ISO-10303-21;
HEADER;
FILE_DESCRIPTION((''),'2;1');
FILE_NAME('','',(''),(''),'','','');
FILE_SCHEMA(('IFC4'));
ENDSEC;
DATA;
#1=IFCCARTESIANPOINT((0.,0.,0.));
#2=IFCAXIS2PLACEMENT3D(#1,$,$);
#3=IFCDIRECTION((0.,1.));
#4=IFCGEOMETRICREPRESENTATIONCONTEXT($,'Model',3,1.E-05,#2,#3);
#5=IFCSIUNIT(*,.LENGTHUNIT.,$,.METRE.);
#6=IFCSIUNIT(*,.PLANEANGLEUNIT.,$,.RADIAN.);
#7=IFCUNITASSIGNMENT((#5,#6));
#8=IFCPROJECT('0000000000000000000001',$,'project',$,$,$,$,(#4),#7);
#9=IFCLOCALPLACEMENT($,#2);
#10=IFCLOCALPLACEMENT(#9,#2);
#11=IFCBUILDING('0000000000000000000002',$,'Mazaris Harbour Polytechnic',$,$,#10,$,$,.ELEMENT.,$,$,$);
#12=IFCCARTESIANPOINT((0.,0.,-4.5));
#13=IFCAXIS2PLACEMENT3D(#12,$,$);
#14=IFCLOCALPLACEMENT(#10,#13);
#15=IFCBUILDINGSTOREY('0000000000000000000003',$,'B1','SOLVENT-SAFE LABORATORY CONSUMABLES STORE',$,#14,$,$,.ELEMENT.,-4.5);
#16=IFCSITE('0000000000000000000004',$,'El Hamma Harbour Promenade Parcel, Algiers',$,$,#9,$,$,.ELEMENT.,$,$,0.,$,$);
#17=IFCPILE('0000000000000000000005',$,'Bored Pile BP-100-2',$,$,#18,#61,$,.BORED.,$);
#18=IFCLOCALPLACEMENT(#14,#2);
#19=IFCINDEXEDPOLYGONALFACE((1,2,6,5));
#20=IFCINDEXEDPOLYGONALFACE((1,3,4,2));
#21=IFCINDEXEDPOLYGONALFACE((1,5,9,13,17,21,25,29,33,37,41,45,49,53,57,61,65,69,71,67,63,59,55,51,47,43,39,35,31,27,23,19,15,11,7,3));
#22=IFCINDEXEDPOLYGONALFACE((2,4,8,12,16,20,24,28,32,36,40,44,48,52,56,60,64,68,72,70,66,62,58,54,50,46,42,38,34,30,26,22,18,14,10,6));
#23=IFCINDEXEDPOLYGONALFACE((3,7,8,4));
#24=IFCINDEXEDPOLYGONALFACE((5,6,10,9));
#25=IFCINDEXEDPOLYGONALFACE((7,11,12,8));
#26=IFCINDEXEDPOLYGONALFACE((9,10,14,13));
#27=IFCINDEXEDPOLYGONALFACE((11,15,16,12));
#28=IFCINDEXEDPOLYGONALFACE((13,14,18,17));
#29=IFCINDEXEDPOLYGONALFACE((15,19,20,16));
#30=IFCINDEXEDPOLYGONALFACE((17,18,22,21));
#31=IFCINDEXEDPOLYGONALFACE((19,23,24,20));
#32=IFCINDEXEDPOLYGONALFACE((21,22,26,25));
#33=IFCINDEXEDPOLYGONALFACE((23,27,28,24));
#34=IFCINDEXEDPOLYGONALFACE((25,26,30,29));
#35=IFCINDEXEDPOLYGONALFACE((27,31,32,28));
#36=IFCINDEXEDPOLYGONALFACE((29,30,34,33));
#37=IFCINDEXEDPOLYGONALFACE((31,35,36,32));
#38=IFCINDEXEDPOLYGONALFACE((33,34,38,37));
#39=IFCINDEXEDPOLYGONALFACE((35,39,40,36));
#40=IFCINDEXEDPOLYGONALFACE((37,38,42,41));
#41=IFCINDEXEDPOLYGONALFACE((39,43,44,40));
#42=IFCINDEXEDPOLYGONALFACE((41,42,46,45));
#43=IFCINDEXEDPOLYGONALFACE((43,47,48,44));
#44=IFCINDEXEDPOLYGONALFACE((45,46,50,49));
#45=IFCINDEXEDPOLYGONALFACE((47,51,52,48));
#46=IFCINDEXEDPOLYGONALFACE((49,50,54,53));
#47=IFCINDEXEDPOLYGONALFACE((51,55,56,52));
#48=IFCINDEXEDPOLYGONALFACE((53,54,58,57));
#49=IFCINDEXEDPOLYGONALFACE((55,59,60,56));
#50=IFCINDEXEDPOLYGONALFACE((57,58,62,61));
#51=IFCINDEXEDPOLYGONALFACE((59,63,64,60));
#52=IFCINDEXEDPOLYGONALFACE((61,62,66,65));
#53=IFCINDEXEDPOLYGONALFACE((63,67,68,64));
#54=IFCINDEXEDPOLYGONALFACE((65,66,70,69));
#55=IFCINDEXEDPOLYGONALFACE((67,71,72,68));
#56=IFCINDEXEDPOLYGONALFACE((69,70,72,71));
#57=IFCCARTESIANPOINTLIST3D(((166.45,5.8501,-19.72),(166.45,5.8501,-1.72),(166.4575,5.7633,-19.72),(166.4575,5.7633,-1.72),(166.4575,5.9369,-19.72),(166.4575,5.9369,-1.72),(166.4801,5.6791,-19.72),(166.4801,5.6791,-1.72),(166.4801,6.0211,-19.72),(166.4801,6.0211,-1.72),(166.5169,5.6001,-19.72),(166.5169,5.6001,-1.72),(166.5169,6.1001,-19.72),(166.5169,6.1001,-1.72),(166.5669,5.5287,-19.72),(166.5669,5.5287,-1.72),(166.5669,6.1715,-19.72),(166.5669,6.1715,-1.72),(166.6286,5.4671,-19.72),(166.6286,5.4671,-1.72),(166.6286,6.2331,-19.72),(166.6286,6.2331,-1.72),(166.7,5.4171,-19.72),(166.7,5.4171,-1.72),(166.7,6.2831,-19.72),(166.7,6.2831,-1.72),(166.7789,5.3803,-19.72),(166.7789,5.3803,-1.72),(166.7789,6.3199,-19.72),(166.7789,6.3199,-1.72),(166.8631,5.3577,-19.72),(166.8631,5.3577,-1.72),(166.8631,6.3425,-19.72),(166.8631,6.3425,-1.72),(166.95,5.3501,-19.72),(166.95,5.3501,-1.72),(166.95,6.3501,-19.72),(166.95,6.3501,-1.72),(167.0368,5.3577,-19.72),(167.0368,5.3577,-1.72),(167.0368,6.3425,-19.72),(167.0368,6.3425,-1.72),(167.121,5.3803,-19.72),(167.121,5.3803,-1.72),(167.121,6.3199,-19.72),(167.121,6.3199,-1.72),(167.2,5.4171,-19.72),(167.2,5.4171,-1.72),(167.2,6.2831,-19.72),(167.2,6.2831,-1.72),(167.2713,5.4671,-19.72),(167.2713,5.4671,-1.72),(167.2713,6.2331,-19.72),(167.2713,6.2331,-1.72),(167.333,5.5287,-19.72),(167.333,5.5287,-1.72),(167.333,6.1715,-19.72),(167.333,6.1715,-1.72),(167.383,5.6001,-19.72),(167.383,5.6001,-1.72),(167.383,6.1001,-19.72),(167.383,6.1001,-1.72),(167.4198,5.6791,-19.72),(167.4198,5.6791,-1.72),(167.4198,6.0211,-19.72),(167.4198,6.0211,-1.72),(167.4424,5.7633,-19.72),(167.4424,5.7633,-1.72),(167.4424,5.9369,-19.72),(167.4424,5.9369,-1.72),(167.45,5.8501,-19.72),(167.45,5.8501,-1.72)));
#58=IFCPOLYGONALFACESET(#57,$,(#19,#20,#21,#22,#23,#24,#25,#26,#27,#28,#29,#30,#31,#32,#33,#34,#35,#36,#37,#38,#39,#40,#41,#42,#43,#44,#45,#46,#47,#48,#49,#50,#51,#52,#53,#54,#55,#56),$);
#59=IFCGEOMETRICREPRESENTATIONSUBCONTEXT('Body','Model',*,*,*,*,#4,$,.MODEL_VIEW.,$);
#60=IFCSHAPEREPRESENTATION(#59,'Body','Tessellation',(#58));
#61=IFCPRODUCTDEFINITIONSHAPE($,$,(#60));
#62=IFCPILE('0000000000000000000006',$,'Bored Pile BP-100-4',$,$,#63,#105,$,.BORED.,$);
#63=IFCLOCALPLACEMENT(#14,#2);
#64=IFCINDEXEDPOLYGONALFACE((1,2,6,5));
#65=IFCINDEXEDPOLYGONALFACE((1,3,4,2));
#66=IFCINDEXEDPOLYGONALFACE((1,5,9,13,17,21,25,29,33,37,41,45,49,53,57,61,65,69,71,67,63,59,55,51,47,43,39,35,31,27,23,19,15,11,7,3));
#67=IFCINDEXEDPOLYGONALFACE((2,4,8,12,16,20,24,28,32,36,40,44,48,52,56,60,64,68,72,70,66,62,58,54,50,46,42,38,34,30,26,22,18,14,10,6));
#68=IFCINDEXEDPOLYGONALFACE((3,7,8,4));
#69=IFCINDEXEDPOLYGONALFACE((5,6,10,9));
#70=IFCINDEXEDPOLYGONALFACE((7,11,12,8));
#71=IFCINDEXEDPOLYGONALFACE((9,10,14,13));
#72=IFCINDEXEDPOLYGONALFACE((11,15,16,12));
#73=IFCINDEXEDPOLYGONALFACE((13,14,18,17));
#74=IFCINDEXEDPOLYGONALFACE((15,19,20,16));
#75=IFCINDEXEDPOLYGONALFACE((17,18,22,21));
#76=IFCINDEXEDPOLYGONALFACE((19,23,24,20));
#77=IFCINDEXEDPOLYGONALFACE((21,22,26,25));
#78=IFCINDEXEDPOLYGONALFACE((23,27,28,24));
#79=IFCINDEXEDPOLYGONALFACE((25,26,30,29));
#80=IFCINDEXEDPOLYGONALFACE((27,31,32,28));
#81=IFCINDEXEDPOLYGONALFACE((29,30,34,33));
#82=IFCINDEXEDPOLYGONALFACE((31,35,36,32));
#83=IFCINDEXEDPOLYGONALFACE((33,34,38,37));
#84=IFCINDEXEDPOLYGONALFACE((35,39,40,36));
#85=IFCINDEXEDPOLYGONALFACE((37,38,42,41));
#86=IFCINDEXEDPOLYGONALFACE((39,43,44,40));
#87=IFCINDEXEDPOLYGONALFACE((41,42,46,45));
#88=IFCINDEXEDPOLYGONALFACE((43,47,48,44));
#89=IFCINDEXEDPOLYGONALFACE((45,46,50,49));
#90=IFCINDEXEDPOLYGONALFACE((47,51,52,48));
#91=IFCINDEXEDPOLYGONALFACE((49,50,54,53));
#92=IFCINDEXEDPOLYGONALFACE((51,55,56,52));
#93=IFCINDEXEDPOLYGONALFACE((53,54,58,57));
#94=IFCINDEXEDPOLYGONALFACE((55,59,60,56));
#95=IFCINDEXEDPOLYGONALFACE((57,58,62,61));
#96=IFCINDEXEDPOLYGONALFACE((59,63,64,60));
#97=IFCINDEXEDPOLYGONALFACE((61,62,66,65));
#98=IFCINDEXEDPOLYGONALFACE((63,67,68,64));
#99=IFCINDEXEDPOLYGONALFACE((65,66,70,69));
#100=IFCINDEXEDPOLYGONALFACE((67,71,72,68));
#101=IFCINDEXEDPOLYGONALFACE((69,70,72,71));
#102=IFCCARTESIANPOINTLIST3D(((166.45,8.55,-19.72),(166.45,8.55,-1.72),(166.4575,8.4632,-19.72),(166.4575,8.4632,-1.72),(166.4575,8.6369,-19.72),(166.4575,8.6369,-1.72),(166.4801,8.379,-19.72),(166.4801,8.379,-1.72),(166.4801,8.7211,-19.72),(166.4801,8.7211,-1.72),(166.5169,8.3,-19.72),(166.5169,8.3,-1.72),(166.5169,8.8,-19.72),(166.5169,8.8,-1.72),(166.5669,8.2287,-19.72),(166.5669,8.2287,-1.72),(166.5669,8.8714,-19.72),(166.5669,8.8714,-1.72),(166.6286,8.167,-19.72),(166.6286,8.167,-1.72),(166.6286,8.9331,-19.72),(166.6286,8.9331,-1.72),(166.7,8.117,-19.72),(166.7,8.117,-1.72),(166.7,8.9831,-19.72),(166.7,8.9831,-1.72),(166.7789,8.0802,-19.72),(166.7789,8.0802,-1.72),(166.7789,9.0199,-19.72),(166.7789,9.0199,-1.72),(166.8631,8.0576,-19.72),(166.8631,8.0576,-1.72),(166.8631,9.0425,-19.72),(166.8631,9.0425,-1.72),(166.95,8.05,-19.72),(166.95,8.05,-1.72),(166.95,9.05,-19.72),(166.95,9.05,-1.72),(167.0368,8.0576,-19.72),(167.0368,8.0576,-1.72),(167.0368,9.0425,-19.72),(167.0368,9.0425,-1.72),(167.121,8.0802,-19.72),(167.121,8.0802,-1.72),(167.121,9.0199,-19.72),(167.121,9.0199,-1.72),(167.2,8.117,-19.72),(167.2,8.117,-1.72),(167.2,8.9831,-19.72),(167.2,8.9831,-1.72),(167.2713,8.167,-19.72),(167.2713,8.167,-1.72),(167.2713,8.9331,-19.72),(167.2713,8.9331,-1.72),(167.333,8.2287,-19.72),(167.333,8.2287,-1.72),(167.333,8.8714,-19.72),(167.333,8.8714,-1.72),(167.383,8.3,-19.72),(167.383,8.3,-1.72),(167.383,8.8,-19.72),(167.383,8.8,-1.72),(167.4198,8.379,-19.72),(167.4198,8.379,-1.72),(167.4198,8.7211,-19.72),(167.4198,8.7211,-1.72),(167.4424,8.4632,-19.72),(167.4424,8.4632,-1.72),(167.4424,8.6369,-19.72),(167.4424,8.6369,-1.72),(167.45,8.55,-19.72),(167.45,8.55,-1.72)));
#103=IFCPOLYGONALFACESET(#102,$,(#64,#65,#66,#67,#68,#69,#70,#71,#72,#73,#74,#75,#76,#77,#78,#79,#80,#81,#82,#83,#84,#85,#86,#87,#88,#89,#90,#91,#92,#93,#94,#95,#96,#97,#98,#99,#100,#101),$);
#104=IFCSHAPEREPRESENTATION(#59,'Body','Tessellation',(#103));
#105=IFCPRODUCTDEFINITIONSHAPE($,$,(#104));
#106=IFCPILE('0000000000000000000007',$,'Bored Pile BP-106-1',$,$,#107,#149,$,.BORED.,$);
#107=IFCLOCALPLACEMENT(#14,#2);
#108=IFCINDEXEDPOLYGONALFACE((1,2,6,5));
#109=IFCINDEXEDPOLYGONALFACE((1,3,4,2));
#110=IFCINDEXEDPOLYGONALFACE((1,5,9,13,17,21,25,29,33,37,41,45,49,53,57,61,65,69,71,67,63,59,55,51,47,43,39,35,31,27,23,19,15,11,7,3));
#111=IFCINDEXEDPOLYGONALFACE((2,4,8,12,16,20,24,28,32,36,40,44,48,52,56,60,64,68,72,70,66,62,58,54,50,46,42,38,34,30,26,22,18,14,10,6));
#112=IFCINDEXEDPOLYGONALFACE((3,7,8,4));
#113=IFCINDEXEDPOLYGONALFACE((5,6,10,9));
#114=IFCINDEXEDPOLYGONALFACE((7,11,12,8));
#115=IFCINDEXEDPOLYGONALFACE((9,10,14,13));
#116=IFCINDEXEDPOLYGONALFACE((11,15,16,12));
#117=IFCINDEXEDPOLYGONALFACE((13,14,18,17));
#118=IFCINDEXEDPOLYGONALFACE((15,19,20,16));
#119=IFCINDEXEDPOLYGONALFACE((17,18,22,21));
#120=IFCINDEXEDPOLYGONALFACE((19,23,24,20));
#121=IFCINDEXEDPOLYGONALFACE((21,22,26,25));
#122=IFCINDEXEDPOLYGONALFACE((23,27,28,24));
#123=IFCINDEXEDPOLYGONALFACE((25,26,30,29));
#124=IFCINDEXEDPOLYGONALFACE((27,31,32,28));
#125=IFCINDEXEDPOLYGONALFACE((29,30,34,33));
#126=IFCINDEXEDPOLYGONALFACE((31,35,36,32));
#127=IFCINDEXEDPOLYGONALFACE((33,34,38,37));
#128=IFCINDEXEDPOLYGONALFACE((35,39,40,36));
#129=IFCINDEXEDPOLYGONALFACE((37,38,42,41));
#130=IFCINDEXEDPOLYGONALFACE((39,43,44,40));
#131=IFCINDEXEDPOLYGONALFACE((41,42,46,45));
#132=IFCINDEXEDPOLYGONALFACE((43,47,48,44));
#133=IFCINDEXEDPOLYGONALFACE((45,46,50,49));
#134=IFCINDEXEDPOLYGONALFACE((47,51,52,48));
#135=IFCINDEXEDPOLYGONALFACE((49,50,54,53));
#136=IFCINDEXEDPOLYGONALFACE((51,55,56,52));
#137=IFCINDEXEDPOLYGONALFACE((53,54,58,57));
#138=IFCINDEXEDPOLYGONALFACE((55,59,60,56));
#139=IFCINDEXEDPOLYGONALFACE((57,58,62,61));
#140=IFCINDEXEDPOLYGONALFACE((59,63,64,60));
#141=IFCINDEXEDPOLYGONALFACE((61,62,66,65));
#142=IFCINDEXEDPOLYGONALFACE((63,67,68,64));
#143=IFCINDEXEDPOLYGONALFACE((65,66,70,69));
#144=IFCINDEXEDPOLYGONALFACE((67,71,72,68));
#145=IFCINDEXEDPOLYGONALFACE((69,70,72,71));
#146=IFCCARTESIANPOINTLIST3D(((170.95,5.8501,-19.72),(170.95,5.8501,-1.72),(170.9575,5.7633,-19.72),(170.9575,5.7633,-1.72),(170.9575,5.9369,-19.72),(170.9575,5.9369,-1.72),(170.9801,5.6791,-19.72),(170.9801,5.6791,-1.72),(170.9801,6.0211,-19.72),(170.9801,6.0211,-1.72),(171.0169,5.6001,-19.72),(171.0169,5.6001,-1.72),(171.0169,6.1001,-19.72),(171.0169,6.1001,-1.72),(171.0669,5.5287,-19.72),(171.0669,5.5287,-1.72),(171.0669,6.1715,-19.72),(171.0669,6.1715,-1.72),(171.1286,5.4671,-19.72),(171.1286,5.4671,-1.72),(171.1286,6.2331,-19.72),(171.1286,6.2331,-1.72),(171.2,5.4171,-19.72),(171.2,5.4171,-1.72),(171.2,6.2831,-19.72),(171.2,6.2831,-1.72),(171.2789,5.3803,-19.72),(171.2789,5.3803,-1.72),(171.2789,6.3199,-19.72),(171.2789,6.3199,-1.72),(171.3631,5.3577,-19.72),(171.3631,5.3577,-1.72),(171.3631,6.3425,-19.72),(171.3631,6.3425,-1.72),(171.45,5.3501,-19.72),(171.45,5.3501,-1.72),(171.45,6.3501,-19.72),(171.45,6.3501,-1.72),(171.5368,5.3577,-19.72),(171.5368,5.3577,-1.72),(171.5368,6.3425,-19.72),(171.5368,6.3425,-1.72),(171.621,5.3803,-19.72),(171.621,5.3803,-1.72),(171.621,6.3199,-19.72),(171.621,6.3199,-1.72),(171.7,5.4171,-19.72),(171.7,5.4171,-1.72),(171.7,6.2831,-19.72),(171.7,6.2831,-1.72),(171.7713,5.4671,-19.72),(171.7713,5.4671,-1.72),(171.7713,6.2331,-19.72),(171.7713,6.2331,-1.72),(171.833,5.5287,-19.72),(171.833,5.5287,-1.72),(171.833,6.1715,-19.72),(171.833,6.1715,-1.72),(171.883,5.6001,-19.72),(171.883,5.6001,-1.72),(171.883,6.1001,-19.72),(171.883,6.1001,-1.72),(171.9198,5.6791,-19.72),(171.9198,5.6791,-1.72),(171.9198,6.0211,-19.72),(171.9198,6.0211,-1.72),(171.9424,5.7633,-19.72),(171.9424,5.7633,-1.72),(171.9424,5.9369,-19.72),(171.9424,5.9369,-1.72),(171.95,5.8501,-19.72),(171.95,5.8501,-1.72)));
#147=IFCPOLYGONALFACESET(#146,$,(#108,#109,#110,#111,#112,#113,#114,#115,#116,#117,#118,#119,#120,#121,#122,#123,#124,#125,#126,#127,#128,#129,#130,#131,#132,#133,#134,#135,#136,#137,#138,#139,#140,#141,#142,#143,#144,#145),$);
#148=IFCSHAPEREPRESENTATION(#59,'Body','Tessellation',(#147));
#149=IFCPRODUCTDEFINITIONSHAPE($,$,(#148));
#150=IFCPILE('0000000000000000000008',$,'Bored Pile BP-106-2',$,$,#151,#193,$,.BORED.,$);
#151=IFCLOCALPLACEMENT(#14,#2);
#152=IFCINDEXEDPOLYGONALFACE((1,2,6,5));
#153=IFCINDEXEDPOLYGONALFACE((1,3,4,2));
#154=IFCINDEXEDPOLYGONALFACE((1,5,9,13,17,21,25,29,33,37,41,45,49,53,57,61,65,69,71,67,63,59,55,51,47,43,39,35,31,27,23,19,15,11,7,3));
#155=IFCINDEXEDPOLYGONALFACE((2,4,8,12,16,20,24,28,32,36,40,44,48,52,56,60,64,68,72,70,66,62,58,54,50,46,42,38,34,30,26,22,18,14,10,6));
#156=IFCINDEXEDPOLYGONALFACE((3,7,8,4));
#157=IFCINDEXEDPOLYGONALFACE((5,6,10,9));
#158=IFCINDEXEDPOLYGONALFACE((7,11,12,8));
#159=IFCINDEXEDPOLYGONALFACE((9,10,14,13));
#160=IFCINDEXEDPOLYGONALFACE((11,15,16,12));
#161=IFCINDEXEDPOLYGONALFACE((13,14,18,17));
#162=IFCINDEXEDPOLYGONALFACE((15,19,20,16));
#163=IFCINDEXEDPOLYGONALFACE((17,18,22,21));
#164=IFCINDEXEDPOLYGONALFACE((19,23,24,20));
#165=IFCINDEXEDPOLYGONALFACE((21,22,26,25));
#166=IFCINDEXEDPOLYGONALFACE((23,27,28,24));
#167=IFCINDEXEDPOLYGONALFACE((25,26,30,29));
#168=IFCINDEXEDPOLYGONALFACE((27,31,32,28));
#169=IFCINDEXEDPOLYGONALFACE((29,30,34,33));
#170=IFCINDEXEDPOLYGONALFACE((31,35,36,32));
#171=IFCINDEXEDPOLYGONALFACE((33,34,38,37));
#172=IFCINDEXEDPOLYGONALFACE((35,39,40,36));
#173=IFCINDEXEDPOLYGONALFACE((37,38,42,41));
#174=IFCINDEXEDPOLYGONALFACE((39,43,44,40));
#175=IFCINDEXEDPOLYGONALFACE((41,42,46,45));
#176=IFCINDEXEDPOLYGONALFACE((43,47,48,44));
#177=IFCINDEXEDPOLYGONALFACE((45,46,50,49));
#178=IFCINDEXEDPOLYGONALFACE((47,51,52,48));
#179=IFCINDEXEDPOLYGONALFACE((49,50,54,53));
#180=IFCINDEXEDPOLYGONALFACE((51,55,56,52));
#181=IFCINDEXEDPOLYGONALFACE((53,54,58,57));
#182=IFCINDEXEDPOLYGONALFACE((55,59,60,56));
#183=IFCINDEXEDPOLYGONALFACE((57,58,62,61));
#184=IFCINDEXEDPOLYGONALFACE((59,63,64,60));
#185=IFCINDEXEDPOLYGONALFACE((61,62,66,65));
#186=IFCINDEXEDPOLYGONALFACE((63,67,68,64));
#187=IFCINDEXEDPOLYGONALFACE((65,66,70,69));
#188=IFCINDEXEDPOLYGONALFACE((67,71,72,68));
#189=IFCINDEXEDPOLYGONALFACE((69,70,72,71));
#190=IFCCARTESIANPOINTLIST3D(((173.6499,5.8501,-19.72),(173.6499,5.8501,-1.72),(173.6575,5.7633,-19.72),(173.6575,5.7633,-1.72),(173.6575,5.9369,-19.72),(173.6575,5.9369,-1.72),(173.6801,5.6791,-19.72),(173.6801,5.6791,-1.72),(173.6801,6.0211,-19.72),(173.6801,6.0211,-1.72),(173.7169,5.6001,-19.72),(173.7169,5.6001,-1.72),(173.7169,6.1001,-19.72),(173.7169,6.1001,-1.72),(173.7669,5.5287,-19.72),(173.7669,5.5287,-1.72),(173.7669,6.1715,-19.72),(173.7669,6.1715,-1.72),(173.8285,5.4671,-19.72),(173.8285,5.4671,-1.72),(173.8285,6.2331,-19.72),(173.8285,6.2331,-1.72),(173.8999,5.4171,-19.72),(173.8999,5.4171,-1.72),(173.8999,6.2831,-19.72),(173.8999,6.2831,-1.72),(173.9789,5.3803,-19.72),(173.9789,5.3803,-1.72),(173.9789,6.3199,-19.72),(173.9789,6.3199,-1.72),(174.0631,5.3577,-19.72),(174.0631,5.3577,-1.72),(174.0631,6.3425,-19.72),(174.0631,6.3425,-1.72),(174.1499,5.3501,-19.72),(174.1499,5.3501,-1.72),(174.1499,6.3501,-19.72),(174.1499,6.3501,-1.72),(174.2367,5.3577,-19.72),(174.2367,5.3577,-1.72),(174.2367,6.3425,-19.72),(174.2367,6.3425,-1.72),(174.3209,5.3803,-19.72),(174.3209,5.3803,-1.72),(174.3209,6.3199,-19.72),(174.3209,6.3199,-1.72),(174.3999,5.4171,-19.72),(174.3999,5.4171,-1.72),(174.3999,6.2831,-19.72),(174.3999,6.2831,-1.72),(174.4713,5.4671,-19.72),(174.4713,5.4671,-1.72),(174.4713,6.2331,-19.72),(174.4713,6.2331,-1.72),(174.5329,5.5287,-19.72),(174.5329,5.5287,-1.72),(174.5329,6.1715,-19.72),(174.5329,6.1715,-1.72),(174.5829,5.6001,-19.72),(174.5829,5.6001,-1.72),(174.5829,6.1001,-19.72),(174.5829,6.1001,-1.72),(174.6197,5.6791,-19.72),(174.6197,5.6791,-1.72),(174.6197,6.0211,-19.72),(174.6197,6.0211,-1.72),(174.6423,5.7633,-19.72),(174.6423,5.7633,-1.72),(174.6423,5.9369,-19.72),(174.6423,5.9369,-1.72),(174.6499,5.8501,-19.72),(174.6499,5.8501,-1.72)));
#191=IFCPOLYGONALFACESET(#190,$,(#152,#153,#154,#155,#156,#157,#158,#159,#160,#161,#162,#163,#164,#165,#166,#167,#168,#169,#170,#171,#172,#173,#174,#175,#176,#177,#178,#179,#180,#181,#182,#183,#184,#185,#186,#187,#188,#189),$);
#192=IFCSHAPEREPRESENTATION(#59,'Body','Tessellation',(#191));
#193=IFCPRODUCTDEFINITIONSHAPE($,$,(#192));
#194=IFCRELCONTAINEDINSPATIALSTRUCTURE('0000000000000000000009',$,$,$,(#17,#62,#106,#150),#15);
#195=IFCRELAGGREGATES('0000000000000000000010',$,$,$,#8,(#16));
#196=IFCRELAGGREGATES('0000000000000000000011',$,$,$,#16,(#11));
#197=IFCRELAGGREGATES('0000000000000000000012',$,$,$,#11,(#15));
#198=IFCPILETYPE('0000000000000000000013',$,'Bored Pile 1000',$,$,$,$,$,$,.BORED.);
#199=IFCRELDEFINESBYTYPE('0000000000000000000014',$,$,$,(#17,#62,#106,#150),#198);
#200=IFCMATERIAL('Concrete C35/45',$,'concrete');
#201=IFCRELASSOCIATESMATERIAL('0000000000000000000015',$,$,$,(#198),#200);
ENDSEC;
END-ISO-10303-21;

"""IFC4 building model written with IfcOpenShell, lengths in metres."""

from ifc_helpers import new_model, si_unit, direction, frame, origin, origin_2d, place, context, subcontext, project, spatial, circle, extrude, material, material_profile, profile_set, type_object, element, save


model = new_model("IFC4")

# Units and contexts
model_context = context("Model", 3, precision=1e-05, world=origin(), true_north=direction((0.0, 1.0)))
body_context = subcontext(model_context, "Body", "Model", "MODEL_VIEW")
ifc_project = project(units=[si_unit("LENGTHUNIT", "METRE"), si_unit("PLANEANGLEUNIT", "RADIAN")], contexts=[model_context])

# Site, building, storey
site_placement = place(None, origin())
site = spatial("IfcSite", under=ifc_project, at=site_placement, Name="El Hamma Harbour Promenade Parcel, Algiers", CompositionType="ELEMENT", RefElevation=0.0)
building_placement = place(site_placement, origin())
building = spatial("IfcBuilding", under=site, at=building_placement, Name="Mazaris Harbour Polytechnic", CompositionType="ELEMENT")
storey_placement = place(building_placement, frame((0.0, 0.0, -4.5)))
storey = spatial("IfcBuildingStorey", under=building, at=storey_placement, Name="B1", Description="SOLVENT-SAFE LABORATORY CONSUMABLES STORE", CompositionType="ELEMENT", Elevation=-4.5)

# Piles
ifc_material_1 = material(Name="Concrete C35/45", Category="concrete")
ifc_material_profile_1 = material_profile(ifc_material_1, circle(Radius=0.5, at=origin_2d()), Name="DIA1000")
ifc_profile_set_1 = profile_set([ifc_material_profile_1], Name="Concrete C35/45")
pile_type_1 = type_object("IfcPileType", Name="Bored Pile 1000", PredefinedType="BORED", material=ifc_profile_set_1)
for number, where, z_axis, x_axis, name in (
    (1, (166.95, 5.8501, -1.72), (0.0, 0.0, -1.0), (1.0, 0.0, 0.0), "Bored Pile BP-100-2"),
    (2, (166.95, 8.55, -1.72), (0.0, 0.0, -1.0), (1.0, 0.0, 0.0), "Bored Pile BP-100-4"),
    (3, (171.45, 5.8501, -1.72), (0.0, 0.0, -1.0), (1.0, 0.0, 0.0), "Bored Pile BP-106-1"),
    (4, (174.1499, 5.8501, -1.72), (0.0, 0.0, -1.0), (1.0, 0.0, 0.0), "Bored Pile BP-106-2"),
):
    element("IfcPile", number, at=place(storey_placement, frame(where, z_axis=z_axis, x_axis=x_axis)), inside=storey, type_object=pile_type_1, Name=name, PredefinedType="BORED", context=body_context, shape_type="SweptSolid", body=[
        extrude(circle(Radius=0.5, at=origin_2d()), origin(), (0.0, 0.0, 1.0), 18.0),
    ])

save(model, "model.ifc")
